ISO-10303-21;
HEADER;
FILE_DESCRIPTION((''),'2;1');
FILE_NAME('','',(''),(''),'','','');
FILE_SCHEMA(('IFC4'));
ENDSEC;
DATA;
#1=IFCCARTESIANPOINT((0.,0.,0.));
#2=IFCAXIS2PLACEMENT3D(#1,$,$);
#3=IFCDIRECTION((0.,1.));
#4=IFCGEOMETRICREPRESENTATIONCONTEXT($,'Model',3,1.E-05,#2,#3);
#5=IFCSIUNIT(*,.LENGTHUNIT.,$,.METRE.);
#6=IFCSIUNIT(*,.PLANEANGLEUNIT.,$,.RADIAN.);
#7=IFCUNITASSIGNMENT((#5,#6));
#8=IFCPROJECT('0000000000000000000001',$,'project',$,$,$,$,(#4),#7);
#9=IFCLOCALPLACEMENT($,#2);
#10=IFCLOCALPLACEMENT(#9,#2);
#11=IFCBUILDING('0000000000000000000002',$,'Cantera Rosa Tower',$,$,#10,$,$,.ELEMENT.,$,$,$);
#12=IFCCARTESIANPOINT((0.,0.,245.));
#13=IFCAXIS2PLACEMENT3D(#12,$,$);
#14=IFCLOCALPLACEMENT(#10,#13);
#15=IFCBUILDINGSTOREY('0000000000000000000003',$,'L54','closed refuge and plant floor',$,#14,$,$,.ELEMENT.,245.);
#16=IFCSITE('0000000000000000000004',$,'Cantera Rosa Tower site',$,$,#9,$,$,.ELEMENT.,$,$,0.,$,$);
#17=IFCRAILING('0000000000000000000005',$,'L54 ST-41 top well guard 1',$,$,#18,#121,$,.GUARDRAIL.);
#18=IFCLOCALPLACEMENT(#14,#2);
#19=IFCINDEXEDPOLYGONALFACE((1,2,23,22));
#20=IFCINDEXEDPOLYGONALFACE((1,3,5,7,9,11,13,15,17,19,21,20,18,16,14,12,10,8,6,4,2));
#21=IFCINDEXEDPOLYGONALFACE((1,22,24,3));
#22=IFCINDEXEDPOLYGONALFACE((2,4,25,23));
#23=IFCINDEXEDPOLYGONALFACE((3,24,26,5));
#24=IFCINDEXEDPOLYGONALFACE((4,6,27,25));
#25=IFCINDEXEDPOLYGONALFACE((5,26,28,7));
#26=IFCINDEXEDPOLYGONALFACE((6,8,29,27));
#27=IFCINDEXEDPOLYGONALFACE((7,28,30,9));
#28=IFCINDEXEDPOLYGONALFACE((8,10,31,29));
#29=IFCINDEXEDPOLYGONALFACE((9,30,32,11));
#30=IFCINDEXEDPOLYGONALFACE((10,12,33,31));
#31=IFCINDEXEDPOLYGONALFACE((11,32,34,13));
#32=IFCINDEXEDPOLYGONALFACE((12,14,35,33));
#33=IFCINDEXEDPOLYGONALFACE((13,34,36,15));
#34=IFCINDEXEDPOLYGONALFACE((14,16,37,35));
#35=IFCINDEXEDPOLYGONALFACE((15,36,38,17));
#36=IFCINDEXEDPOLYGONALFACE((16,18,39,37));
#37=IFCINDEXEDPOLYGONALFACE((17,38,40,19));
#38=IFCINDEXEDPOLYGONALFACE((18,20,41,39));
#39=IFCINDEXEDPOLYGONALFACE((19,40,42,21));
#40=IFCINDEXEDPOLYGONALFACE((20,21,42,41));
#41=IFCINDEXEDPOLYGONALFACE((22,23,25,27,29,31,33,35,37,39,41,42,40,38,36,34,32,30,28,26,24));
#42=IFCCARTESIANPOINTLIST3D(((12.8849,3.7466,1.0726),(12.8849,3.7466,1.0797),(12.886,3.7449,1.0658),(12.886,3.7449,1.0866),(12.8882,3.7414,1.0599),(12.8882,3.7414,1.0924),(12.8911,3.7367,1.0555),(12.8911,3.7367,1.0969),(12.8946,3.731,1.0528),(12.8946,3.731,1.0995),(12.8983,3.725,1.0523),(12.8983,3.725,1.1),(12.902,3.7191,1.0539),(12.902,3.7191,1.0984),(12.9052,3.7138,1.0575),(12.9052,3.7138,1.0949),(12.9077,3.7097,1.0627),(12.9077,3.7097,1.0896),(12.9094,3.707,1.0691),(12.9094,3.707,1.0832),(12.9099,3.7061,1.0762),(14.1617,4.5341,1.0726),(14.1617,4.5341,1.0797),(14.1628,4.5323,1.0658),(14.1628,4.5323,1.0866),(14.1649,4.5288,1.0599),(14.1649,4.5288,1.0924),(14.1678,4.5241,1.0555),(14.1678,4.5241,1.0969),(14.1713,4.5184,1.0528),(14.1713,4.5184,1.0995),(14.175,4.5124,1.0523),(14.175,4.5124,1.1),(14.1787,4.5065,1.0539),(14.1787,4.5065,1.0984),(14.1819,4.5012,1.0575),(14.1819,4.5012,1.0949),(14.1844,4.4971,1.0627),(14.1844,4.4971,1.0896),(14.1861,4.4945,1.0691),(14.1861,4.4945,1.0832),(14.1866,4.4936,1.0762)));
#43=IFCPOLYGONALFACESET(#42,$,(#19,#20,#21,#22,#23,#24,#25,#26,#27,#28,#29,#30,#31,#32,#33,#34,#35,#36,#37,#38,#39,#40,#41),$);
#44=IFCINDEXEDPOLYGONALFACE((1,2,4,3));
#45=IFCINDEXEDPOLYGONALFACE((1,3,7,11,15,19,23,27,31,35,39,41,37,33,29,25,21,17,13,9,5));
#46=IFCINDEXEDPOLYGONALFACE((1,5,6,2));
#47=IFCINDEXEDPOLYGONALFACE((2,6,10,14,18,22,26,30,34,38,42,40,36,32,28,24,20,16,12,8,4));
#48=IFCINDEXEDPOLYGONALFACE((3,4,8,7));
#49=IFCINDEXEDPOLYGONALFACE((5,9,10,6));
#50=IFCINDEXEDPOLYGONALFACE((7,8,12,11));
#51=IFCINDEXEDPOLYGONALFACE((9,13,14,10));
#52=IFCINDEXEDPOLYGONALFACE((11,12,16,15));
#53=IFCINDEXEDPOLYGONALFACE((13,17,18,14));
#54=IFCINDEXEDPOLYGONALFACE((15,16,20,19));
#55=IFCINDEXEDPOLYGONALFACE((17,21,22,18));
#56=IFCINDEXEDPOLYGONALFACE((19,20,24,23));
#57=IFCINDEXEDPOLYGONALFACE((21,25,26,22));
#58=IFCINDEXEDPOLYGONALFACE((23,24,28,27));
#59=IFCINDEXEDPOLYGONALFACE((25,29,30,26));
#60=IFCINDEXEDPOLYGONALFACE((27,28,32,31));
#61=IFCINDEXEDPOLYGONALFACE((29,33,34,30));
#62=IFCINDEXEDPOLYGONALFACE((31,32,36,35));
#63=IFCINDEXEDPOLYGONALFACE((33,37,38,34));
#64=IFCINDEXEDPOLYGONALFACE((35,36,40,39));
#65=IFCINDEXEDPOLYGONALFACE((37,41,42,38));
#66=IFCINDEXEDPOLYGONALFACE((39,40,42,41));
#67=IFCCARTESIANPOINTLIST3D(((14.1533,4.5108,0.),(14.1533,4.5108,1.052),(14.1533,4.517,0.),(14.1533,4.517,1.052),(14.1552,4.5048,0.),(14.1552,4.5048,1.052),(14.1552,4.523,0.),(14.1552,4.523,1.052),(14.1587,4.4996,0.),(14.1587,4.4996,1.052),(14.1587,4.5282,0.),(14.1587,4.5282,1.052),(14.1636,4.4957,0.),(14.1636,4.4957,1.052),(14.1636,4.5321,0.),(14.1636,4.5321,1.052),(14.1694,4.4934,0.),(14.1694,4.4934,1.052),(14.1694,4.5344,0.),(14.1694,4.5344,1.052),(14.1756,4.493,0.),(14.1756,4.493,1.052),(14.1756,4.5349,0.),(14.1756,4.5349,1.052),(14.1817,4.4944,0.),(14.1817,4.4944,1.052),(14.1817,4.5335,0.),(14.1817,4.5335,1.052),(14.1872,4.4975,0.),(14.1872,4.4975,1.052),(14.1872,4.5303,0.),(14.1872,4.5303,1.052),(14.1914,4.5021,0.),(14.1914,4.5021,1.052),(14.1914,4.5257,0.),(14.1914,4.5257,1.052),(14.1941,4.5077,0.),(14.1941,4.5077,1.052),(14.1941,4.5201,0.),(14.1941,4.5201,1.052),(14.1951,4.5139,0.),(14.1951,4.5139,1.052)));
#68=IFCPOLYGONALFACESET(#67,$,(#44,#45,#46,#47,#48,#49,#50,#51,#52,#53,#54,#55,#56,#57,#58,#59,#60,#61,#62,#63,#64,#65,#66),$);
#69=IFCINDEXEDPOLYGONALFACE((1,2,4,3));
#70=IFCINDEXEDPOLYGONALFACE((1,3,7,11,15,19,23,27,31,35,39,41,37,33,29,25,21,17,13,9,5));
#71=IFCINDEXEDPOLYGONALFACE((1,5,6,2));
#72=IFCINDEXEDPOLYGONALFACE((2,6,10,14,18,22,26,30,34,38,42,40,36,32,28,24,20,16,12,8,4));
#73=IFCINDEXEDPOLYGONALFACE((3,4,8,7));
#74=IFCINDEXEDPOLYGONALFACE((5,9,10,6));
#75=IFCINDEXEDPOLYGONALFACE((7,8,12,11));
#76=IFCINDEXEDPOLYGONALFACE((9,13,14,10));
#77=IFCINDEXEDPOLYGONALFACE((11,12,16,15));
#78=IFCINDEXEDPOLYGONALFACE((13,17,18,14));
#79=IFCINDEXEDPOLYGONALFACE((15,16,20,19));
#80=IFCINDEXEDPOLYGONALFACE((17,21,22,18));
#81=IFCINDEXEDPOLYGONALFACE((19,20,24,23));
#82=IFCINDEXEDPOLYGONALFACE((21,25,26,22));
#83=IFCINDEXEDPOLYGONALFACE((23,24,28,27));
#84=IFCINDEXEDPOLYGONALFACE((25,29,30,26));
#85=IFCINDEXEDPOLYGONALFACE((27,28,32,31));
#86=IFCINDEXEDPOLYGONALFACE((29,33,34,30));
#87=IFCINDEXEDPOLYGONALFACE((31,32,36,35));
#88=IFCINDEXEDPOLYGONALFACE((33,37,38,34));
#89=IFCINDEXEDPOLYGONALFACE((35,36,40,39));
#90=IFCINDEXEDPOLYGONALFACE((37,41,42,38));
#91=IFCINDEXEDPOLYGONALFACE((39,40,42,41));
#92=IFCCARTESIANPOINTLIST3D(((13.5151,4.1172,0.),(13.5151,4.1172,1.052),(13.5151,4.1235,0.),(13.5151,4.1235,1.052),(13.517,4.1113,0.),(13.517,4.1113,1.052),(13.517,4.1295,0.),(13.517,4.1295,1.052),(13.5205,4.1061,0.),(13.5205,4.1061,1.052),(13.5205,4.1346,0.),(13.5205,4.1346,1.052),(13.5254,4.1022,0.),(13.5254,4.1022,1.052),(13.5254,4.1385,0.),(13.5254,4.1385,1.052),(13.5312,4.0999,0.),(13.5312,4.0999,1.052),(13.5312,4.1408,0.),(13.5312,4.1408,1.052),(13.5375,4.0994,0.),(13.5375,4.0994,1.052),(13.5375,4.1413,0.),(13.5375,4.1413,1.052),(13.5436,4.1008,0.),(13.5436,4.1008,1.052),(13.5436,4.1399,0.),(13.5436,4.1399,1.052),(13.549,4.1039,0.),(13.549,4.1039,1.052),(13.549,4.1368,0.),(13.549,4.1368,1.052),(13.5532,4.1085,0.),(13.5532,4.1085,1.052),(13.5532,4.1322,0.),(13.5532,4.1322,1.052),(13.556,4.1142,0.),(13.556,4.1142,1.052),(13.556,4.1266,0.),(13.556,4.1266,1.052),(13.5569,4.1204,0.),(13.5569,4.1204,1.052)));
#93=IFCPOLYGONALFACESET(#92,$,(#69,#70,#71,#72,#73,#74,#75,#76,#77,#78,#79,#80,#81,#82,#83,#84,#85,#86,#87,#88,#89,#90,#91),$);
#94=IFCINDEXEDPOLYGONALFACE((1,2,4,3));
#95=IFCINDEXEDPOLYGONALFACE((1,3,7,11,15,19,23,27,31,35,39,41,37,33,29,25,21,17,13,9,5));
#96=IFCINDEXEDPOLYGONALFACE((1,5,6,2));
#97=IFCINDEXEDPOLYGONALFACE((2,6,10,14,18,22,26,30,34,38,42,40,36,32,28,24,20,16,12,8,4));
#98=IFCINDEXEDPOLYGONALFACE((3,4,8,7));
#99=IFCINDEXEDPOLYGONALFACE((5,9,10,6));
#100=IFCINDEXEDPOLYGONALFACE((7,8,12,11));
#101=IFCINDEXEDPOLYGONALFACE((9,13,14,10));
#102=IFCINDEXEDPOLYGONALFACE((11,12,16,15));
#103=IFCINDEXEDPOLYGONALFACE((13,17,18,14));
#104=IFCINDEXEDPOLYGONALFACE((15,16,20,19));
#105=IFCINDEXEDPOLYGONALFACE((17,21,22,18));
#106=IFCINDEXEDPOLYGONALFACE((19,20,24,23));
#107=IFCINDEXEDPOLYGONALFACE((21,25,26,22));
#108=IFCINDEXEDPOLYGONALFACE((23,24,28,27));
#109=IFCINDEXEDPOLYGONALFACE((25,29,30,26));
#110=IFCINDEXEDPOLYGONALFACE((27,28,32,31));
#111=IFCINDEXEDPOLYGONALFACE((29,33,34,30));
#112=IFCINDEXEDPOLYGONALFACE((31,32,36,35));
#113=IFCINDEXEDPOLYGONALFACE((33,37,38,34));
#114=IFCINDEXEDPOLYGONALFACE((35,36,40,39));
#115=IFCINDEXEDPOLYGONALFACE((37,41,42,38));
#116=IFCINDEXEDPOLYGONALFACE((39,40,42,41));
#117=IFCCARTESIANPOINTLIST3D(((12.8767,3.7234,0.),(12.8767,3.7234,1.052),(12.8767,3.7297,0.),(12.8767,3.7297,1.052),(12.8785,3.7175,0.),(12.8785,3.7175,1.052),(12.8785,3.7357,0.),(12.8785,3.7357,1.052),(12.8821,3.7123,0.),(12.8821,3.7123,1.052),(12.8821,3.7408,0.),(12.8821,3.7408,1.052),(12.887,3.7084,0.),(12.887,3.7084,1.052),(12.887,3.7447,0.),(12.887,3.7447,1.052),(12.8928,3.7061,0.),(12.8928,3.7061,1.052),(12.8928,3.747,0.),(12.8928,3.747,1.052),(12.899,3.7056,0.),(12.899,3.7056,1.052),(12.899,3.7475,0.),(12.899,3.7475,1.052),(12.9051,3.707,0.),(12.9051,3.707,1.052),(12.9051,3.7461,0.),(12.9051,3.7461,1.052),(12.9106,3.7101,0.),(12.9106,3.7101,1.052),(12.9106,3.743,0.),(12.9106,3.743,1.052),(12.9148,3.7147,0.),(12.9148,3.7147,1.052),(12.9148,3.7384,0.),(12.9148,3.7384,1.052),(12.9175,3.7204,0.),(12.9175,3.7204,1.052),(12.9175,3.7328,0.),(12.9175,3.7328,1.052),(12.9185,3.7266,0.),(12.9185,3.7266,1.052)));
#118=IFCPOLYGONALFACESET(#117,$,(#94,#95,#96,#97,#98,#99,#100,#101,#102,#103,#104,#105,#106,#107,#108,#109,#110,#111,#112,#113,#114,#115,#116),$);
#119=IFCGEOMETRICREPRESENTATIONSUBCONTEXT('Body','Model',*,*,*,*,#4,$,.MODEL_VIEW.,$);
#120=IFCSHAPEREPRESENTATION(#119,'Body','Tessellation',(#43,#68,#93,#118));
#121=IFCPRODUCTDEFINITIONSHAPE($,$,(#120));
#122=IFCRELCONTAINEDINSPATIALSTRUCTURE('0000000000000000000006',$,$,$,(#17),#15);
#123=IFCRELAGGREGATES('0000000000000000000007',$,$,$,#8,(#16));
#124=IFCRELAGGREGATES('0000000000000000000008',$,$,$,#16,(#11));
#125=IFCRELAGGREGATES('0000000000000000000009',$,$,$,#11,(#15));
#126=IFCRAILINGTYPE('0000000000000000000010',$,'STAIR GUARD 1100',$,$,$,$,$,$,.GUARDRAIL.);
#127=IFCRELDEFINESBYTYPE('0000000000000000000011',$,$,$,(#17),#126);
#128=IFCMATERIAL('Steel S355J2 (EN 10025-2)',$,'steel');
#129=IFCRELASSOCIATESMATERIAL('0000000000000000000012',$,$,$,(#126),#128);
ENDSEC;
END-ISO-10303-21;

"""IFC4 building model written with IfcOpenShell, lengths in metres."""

from ifc_helpers import new_model, si_unit, direction, frame, origin, origin_2d, place, context, subcontext, project, spatial, circle, extrude, material, type_object, element, save


model = new_model("IFC4")

# Units and contexts
model_context = context("Model", 3, precision=1e-05, world=origin(), true_north=direction((0.0, 1.0)))
body_context = subcontext(model_context, "Body", "Model", "MODEL_VIEW")
ifc_project = project(units=[si_unit("LENGTHUNIT", "METRE"), si_unit("PLANEANGLEUNIT", "RADIAN")], contexts=[model_context])

# Site, building, storey
site_placement = place(None, origin())
site = spatial("IfcSite", under=ifc_project, at=site_placement, Name="Cantera Rosa Tower site", CompositionType="ELEMENT", RefElevation=0.0)
building_placement = place(site_placement, origin())
building = spatial("IfcBuilding", under=site, at=building_placement, Name="Cantera Rosa Tower", CompositionType="ELEMENT")
storey_placement = place(building_placement, frame((0.0, 0.0, 245.0)))
storey = spatial("IfcBuildingStorey", under=building, at=storey_placement, Name="L54", Description="closed refuge and plant floor", CompositionType="ELEMENT", Elevation=245.0)

# Railing
ifc_material_1 = material(Name="Steel S355J2 (EN 10025-2)", Category="steel")
railing_type_1 = type_object("IfcRailingType", Name="STAIR GUARD 1100", PredefinedType="GUARDRAIL", material=ifc_material_1)
railing_1_placement = place(storey_placement, frame((14.1741, 4.5139, 0.0)))
element("IfcRailing", 1, at=railing_1_placement, inside=storey, type_object=railing_type_1, Name="L54 ST-41 top well guard 1", PredefinedType="GUARDRAIL", context=body_context, shape_type="SweptSolid", body=[
    extrude(circle(Radius=0.0239, at=origin_2d()), frame((0.0, 0.0, 1.0762), z_axis=(-0.851138, -0.524942, 0.0), x_axis=(0.524942, -0.851138, 0.0)), (0.0, 0.0, 1.0), 1.5),
    extrude(circle(Radius=0.021, at=origin_2d()), origin(), (0.0, 0.0, 1.0), 1.052),
    extrude(circle(Radius=0.021, at=origin_2d()), frame((-0.6382, -0.3936, 0.0)), (0.0, 0.0, 1.0), 1.052),
    extrude(circle(Radius=0.021, at=origin_2d()), frame((-1.2766, -0.7874, 0.0)), (0.0, 0.0, 1.0), 1.052),
])

save(model, "model.ifc")
